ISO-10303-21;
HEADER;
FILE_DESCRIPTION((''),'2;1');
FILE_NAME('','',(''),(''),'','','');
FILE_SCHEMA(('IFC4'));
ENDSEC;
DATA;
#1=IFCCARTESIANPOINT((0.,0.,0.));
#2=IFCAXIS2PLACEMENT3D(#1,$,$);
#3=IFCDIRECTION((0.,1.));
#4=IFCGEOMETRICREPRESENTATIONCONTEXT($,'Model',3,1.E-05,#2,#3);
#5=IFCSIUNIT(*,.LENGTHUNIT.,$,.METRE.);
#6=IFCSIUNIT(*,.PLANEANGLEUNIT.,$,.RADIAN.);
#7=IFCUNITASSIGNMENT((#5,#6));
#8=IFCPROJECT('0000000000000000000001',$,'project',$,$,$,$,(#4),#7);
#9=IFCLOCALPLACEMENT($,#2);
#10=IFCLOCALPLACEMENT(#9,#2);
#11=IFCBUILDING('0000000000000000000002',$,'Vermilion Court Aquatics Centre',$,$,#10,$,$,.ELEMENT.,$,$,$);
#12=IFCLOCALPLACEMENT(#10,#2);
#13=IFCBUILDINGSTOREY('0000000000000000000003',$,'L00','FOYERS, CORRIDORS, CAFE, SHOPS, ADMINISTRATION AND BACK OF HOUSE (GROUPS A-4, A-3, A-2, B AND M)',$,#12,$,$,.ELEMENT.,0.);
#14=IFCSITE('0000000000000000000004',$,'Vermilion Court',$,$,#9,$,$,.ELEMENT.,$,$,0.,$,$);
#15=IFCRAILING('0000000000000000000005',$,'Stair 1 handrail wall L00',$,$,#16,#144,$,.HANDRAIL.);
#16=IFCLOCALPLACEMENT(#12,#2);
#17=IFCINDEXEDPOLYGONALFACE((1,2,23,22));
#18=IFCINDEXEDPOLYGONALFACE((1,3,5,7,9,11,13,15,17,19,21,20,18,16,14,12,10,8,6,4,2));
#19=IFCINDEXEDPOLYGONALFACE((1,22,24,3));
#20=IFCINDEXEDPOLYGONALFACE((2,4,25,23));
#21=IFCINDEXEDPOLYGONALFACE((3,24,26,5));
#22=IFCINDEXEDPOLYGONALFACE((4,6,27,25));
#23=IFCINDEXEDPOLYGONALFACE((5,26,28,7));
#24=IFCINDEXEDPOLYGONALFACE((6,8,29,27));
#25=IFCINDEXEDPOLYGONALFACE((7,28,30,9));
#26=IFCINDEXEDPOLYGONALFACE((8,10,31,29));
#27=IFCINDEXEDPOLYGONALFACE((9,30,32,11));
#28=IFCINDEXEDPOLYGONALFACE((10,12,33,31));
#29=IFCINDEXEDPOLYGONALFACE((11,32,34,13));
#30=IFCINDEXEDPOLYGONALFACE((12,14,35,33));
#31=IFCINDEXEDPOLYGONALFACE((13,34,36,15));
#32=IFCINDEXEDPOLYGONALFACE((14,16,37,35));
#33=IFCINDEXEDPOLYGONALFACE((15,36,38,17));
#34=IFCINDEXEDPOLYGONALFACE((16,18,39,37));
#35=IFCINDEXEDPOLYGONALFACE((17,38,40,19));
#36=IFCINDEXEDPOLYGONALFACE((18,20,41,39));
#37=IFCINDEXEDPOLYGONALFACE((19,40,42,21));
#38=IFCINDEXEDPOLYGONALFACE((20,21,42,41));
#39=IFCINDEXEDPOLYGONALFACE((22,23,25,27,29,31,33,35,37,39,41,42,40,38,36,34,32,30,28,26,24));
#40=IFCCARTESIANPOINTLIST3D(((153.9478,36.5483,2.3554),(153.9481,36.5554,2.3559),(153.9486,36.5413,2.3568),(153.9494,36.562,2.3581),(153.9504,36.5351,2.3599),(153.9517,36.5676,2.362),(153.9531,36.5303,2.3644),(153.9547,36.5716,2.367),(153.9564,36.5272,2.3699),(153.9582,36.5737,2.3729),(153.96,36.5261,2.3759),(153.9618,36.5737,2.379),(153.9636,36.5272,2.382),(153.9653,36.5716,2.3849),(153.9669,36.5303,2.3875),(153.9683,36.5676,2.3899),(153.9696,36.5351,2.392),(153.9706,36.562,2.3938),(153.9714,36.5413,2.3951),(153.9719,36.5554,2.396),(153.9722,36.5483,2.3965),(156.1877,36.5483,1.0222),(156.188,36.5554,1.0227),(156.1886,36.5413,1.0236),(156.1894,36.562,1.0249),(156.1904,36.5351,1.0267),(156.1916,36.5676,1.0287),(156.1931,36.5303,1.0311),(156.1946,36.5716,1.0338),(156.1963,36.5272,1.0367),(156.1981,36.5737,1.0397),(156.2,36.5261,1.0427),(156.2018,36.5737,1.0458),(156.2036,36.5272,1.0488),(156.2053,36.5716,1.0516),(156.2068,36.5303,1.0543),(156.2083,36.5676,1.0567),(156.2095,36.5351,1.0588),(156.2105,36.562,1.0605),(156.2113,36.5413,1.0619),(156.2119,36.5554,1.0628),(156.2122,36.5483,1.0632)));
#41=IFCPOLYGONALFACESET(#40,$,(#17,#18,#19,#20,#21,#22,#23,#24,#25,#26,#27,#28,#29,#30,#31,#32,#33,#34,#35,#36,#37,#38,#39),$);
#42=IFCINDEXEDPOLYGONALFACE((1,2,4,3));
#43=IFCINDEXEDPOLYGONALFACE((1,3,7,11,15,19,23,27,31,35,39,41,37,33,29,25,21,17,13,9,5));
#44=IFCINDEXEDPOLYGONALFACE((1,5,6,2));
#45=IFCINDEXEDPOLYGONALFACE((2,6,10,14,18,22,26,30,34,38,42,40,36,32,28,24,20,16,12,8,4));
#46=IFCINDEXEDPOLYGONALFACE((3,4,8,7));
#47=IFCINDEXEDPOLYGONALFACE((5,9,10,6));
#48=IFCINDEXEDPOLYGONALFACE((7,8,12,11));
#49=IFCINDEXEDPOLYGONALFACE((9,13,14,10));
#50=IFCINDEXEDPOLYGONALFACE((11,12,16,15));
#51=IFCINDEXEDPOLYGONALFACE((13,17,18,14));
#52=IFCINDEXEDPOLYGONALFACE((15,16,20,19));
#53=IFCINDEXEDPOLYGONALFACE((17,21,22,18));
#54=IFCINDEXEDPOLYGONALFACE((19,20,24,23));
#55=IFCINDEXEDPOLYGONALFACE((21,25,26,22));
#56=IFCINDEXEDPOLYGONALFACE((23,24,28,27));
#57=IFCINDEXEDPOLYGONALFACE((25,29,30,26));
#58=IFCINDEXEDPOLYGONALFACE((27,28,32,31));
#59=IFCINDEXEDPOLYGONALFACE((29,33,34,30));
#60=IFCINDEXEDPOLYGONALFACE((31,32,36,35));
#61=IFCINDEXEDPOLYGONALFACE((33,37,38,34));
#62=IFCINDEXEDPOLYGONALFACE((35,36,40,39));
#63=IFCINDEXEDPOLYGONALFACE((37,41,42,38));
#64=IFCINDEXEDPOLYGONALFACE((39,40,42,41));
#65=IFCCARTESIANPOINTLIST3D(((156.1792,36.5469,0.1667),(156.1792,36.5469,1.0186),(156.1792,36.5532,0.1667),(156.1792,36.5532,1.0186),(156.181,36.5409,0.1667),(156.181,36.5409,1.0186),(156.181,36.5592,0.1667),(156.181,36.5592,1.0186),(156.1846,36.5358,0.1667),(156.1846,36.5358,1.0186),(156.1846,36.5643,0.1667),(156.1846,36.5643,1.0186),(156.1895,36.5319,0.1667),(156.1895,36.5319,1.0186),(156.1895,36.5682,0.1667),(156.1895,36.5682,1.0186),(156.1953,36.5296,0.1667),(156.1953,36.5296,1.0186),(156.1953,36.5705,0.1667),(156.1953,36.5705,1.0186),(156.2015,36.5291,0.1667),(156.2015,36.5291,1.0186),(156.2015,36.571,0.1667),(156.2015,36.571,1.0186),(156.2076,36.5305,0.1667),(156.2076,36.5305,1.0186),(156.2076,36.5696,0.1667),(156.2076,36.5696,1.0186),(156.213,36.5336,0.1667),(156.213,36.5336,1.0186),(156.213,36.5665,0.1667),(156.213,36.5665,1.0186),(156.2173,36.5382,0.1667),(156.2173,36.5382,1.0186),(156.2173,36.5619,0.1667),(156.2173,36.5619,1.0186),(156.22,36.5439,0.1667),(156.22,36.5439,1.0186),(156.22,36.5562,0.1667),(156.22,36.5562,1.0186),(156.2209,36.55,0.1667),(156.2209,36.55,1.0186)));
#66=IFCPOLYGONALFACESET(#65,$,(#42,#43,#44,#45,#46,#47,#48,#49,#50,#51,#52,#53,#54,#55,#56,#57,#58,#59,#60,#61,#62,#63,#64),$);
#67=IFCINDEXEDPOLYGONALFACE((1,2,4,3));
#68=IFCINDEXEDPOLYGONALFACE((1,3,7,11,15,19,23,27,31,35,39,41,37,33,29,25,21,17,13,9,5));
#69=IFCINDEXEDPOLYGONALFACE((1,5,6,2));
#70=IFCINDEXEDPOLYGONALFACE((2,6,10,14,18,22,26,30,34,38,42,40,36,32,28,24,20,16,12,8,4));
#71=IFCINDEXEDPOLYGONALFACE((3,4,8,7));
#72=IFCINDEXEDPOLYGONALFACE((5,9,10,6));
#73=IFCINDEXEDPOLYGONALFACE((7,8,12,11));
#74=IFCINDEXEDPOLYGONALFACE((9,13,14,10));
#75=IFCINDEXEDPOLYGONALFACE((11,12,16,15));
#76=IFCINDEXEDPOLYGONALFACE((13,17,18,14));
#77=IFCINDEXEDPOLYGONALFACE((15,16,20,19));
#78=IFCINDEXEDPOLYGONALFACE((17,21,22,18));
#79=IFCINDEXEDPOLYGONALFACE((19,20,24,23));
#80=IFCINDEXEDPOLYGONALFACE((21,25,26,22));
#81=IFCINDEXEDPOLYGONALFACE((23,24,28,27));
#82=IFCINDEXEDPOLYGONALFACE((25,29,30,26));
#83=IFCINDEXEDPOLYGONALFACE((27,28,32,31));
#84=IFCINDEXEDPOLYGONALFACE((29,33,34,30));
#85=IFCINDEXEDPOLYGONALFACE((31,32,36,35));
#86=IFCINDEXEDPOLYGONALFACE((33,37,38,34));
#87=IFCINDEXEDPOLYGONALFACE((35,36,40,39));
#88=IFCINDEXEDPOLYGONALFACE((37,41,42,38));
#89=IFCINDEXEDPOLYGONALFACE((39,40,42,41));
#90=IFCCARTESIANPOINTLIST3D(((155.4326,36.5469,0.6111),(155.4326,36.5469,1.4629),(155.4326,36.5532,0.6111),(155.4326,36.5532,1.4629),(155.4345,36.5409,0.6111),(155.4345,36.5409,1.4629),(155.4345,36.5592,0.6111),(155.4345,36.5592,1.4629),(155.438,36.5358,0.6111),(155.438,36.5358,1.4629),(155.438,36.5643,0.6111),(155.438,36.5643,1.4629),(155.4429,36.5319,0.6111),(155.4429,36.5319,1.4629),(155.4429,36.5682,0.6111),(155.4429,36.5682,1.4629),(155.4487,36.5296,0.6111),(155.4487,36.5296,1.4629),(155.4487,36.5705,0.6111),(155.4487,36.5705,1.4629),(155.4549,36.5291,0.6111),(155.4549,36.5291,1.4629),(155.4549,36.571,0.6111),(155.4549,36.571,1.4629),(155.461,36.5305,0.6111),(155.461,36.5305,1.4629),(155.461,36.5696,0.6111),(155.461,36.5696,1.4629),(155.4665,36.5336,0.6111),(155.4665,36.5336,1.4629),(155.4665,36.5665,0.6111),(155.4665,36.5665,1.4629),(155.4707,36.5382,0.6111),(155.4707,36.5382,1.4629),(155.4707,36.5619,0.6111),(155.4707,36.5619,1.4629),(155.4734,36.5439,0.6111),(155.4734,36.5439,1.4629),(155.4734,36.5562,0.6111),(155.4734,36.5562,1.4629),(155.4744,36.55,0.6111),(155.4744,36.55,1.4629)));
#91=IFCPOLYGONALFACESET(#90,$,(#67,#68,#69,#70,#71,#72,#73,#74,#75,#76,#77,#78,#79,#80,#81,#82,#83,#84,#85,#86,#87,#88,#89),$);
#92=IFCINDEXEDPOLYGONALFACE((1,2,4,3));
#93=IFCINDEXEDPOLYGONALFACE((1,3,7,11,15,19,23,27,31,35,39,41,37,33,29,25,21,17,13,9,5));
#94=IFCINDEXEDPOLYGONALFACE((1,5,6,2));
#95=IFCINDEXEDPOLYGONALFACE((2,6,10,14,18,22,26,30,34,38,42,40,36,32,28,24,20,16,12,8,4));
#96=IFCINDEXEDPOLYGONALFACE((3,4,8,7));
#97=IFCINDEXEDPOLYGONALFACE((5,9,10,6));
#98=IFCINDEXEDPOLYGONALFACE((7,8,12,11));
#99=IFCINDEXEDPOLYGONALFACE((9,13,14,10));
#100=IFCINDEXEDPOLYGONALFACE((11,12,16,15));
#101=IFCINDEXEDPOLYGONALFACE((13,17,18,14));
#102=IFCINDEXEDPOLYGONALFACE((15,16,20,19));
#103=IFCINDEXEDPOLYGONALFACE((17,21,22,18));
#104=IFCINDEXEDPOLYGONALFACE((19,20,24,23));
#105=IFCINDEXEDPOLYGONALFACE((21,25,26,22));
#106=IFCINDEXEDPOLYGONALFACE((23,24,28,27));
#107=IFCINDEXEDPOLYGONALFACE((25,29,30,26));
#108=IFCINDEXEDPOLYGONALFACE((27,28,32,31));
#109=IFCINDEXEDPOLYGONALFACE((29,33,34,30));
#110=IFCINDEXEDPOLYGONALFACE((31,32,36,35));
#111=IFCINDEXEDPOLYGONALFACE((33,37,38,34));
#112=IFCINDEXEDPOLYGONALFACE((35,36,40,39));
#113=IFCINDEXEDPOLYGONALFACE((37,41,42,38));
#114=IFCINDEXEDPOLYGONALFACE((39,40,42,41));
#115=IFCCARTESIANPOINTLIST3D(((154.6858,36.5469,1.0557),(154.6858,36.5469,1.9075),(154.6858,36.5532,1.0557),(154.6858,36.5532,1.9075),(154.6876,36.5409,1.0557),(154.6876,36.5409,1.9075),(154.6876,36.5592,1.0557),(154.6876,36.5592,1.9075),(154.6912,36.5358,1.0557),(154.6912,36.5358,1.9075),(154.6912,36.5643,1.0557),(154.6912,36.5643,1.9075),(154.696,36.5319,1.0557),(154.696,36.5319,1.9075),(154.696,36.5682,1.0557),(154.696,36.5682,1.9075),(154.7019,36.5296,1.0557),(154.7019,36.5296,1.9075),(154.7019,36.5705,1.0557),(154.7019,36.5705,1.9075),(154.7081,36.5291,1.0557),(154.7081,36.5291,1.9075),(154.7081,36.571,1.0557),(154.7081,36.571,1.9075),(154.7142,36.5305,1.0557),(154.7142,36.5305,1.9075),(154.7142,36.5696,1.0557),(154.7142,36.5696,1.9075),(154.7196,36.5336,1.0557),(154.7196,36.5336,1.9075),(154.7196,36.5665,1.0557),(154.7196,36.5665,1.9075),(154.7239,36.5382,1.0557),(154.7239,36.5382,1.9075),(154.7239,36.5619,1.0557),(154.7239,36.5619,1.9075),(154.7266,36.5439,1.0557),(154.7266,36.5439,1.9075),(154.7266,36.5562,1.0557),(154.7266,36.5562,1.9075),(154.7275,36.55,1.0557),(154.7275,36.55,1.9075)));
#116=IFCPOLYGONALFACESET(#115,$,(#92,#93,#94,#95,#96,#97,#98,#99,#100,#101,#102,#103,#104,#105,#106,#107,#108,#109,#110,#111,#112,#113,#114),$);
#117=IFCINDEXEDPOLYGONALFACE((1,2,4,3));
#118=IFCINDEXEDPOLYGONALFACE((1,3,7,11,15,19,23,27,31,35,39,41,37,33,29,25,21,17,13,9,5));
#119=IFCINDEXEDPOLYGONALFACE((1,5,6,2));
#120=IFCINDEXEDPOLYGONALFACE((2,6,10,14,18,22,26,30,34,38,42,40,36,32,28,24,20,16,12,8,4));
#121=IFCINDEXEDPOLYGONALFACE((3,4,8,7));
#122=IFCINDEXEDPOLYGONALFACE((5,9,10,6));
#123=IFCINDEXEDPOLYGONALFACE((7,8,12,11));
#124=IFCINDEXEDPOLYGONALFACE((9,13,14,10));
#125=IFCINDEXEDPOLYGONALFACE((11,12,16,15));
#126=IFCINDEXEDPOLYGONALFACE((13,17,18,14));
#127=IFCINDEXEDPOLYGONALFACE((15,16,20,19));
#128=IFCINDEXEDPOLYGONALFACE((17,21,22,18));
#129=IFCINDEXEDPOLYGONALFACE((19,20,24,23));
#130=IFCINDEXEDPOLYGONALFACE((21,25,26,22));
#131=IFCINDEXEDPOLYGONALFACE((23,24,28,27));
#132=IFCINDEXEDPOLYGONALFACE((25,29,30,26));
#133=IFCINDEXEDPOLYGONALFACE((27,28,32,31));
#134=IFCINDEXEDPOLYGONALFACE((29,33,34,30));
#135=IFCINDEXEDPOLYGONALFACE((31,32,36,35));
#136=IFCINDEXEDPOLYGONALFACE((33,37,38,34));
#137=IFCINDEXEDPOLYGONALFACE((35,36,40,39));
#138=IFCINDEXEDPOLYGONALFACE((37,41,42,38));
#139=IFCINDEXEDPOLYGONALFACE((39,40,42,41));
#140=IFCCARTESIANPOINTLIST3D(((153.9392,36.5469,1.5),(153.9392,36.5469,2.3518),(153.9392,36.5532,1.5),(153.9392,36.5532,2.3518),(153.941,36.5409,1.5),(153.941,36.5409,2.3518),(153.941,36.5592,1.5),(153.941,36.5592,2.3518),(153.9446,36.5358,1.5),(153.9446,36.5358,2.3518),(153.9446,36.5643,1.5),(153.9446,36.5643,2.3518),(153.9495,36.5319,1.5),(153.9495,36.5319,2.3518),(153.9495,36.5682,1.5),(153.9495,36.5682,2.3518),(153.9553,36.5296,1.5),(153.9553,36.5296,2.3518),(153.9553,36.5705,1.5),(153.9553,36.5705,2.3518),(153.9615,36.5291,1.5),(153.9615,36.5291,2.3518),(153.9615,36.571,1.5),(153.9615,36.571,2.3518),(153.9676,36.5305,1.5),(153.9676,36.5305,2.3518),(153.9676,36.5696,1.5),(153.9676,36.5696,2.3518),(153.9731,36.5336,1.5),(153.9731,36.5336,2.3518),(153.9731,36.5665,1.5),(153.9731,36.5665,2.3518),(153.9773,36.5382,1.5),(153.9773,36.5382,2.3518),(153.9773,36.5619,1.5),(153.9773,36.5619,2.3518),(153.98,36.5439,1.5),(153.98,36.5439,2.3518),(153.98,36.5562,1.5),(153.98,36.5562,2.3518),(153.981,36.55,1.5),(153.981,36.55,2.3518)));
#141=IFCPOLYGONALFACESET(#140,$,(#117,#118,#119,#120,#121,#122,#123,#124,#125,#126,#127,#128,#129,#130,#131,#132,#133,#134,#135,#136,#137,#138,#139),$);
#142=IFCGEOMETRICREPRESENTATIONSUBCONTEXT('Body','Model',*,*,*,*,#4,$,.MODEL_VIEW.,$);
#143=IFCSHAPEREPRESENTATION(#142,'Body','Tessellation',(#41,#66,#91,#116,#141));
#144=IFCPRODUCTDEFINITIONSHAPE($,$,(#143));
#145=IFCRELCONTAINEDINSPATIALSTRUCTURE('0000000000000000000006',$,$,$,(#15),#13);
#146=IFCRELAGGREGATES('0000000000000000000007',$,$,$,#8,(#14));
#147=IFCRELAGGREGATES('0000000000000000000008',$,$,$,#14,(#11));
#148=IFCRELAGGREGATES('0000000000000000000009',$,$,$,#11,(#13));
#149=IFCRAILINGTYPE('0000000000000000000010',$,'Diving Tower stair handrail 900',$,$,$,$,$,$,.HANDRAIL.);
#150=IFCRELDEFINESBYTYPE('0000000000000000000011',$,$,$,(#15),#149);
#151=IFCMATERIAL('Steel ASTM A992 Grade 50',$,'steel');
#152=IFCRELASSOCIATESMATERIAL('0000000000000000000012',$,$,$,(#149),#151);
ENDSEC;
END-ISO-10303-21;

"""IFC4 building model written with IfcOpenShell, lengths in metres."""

from ifc_helpers import new_model, si_unit, direction, frame, origin, origin_2d, place, context, subcontext, project, spatial, circle, extrude, material, type_object, element, save


model = new_model("IFC4")

# Units and contexts
model_context = context("Model", 3, precision=1e-05, world=origin(), true_north=direction((0.0, 1.0)))
body_context = subcontext(model_context, "Body", "Model", "MODEL_VIEW")
ifc_project = project(units=[si_unit("LENGTHUNIT", "METRE"), si_unit("PLANEANGLEUNIT", "RADIAN")], contexts=[model_context])

# Site, building, storey
site_placement = place(None, origin())
site = spatial("IfcSite", under=ifc_project, at=site_placement, Name="Vermilion Court", CompositionType="ELEMENT", RefElevation=0.0)
building_placement = place(site_placement, origin())
building = spatial("IfcBuilding", under=site, at=building_placement, Name="Vermilion Court Aquatics Centre", CompositionType="ELEMENT")
storey_placement = place(building_placement, origin())
storey = spatial("IfcBuildingStorey", under=building, at=storey_placement, Name="L00", Description="FOYERS, CORRIDORS, CAFE, SHOPS, ADMINISTRATION AND BACK OF HOUSE (GROUPS A-4, A-3, A-2, B AND M)", CompositionType="ELEMENT", Elevation=0.0)

# Railing
ifc_material_1 = material(Name="Steel ASTM A992 Grade 50", Category="steel")
railing_type = type_object("IfcRailingType", Name="Diving Tower stair handrail 900", PredefinedType="HANDRAIL", material=ifc_material_1)
for number, where, name in (
    (1, (156.2, 36.55, 0.1667), "Stair 1 handrail wall L00"),
):
    element("IfcRailing", number, at=place(storey_placement, frame(where)), inside=storey, type_object=railing_type, Name=name, PredefinedType="HANDRAIL", context=body_context, shape_type="SweptSolid", body=[
        extrude(circle(Radius=0.0239, at=origin_2d()), frame((0.0, 0.0, 0.876), z_axis=(-0.859306, 0.0, 0.511462), x_axis=(0.0, -1.0, 0.0)), (0.0, 0.0, 1.0), 2.6067),
        extrude(circle(Radius=0.021, at=origin_2d()), origin(), (0.0, 0.0, 1.0), 0.8518),
        extrude(circle(Radius=0.021, at=origin_2d()), frame((-0.7466, 0.0, 0.4443)), (0.0, 0.0, 1.0), 0.8518),
        extrude(circle(Radius=0.021, at=origin_2d()), frame((-1.4934, 0.0, 0.8889)), (0.0, 0.0, 1.0), 0.8518),
        extrude(circle(Radius=0.021, at=origin_2d()), frame((-2.24, 0.0, 1.3333)), (0.0, 0.0, 1.0), 0.8518),
    ])

save(model, "model.ifc")
